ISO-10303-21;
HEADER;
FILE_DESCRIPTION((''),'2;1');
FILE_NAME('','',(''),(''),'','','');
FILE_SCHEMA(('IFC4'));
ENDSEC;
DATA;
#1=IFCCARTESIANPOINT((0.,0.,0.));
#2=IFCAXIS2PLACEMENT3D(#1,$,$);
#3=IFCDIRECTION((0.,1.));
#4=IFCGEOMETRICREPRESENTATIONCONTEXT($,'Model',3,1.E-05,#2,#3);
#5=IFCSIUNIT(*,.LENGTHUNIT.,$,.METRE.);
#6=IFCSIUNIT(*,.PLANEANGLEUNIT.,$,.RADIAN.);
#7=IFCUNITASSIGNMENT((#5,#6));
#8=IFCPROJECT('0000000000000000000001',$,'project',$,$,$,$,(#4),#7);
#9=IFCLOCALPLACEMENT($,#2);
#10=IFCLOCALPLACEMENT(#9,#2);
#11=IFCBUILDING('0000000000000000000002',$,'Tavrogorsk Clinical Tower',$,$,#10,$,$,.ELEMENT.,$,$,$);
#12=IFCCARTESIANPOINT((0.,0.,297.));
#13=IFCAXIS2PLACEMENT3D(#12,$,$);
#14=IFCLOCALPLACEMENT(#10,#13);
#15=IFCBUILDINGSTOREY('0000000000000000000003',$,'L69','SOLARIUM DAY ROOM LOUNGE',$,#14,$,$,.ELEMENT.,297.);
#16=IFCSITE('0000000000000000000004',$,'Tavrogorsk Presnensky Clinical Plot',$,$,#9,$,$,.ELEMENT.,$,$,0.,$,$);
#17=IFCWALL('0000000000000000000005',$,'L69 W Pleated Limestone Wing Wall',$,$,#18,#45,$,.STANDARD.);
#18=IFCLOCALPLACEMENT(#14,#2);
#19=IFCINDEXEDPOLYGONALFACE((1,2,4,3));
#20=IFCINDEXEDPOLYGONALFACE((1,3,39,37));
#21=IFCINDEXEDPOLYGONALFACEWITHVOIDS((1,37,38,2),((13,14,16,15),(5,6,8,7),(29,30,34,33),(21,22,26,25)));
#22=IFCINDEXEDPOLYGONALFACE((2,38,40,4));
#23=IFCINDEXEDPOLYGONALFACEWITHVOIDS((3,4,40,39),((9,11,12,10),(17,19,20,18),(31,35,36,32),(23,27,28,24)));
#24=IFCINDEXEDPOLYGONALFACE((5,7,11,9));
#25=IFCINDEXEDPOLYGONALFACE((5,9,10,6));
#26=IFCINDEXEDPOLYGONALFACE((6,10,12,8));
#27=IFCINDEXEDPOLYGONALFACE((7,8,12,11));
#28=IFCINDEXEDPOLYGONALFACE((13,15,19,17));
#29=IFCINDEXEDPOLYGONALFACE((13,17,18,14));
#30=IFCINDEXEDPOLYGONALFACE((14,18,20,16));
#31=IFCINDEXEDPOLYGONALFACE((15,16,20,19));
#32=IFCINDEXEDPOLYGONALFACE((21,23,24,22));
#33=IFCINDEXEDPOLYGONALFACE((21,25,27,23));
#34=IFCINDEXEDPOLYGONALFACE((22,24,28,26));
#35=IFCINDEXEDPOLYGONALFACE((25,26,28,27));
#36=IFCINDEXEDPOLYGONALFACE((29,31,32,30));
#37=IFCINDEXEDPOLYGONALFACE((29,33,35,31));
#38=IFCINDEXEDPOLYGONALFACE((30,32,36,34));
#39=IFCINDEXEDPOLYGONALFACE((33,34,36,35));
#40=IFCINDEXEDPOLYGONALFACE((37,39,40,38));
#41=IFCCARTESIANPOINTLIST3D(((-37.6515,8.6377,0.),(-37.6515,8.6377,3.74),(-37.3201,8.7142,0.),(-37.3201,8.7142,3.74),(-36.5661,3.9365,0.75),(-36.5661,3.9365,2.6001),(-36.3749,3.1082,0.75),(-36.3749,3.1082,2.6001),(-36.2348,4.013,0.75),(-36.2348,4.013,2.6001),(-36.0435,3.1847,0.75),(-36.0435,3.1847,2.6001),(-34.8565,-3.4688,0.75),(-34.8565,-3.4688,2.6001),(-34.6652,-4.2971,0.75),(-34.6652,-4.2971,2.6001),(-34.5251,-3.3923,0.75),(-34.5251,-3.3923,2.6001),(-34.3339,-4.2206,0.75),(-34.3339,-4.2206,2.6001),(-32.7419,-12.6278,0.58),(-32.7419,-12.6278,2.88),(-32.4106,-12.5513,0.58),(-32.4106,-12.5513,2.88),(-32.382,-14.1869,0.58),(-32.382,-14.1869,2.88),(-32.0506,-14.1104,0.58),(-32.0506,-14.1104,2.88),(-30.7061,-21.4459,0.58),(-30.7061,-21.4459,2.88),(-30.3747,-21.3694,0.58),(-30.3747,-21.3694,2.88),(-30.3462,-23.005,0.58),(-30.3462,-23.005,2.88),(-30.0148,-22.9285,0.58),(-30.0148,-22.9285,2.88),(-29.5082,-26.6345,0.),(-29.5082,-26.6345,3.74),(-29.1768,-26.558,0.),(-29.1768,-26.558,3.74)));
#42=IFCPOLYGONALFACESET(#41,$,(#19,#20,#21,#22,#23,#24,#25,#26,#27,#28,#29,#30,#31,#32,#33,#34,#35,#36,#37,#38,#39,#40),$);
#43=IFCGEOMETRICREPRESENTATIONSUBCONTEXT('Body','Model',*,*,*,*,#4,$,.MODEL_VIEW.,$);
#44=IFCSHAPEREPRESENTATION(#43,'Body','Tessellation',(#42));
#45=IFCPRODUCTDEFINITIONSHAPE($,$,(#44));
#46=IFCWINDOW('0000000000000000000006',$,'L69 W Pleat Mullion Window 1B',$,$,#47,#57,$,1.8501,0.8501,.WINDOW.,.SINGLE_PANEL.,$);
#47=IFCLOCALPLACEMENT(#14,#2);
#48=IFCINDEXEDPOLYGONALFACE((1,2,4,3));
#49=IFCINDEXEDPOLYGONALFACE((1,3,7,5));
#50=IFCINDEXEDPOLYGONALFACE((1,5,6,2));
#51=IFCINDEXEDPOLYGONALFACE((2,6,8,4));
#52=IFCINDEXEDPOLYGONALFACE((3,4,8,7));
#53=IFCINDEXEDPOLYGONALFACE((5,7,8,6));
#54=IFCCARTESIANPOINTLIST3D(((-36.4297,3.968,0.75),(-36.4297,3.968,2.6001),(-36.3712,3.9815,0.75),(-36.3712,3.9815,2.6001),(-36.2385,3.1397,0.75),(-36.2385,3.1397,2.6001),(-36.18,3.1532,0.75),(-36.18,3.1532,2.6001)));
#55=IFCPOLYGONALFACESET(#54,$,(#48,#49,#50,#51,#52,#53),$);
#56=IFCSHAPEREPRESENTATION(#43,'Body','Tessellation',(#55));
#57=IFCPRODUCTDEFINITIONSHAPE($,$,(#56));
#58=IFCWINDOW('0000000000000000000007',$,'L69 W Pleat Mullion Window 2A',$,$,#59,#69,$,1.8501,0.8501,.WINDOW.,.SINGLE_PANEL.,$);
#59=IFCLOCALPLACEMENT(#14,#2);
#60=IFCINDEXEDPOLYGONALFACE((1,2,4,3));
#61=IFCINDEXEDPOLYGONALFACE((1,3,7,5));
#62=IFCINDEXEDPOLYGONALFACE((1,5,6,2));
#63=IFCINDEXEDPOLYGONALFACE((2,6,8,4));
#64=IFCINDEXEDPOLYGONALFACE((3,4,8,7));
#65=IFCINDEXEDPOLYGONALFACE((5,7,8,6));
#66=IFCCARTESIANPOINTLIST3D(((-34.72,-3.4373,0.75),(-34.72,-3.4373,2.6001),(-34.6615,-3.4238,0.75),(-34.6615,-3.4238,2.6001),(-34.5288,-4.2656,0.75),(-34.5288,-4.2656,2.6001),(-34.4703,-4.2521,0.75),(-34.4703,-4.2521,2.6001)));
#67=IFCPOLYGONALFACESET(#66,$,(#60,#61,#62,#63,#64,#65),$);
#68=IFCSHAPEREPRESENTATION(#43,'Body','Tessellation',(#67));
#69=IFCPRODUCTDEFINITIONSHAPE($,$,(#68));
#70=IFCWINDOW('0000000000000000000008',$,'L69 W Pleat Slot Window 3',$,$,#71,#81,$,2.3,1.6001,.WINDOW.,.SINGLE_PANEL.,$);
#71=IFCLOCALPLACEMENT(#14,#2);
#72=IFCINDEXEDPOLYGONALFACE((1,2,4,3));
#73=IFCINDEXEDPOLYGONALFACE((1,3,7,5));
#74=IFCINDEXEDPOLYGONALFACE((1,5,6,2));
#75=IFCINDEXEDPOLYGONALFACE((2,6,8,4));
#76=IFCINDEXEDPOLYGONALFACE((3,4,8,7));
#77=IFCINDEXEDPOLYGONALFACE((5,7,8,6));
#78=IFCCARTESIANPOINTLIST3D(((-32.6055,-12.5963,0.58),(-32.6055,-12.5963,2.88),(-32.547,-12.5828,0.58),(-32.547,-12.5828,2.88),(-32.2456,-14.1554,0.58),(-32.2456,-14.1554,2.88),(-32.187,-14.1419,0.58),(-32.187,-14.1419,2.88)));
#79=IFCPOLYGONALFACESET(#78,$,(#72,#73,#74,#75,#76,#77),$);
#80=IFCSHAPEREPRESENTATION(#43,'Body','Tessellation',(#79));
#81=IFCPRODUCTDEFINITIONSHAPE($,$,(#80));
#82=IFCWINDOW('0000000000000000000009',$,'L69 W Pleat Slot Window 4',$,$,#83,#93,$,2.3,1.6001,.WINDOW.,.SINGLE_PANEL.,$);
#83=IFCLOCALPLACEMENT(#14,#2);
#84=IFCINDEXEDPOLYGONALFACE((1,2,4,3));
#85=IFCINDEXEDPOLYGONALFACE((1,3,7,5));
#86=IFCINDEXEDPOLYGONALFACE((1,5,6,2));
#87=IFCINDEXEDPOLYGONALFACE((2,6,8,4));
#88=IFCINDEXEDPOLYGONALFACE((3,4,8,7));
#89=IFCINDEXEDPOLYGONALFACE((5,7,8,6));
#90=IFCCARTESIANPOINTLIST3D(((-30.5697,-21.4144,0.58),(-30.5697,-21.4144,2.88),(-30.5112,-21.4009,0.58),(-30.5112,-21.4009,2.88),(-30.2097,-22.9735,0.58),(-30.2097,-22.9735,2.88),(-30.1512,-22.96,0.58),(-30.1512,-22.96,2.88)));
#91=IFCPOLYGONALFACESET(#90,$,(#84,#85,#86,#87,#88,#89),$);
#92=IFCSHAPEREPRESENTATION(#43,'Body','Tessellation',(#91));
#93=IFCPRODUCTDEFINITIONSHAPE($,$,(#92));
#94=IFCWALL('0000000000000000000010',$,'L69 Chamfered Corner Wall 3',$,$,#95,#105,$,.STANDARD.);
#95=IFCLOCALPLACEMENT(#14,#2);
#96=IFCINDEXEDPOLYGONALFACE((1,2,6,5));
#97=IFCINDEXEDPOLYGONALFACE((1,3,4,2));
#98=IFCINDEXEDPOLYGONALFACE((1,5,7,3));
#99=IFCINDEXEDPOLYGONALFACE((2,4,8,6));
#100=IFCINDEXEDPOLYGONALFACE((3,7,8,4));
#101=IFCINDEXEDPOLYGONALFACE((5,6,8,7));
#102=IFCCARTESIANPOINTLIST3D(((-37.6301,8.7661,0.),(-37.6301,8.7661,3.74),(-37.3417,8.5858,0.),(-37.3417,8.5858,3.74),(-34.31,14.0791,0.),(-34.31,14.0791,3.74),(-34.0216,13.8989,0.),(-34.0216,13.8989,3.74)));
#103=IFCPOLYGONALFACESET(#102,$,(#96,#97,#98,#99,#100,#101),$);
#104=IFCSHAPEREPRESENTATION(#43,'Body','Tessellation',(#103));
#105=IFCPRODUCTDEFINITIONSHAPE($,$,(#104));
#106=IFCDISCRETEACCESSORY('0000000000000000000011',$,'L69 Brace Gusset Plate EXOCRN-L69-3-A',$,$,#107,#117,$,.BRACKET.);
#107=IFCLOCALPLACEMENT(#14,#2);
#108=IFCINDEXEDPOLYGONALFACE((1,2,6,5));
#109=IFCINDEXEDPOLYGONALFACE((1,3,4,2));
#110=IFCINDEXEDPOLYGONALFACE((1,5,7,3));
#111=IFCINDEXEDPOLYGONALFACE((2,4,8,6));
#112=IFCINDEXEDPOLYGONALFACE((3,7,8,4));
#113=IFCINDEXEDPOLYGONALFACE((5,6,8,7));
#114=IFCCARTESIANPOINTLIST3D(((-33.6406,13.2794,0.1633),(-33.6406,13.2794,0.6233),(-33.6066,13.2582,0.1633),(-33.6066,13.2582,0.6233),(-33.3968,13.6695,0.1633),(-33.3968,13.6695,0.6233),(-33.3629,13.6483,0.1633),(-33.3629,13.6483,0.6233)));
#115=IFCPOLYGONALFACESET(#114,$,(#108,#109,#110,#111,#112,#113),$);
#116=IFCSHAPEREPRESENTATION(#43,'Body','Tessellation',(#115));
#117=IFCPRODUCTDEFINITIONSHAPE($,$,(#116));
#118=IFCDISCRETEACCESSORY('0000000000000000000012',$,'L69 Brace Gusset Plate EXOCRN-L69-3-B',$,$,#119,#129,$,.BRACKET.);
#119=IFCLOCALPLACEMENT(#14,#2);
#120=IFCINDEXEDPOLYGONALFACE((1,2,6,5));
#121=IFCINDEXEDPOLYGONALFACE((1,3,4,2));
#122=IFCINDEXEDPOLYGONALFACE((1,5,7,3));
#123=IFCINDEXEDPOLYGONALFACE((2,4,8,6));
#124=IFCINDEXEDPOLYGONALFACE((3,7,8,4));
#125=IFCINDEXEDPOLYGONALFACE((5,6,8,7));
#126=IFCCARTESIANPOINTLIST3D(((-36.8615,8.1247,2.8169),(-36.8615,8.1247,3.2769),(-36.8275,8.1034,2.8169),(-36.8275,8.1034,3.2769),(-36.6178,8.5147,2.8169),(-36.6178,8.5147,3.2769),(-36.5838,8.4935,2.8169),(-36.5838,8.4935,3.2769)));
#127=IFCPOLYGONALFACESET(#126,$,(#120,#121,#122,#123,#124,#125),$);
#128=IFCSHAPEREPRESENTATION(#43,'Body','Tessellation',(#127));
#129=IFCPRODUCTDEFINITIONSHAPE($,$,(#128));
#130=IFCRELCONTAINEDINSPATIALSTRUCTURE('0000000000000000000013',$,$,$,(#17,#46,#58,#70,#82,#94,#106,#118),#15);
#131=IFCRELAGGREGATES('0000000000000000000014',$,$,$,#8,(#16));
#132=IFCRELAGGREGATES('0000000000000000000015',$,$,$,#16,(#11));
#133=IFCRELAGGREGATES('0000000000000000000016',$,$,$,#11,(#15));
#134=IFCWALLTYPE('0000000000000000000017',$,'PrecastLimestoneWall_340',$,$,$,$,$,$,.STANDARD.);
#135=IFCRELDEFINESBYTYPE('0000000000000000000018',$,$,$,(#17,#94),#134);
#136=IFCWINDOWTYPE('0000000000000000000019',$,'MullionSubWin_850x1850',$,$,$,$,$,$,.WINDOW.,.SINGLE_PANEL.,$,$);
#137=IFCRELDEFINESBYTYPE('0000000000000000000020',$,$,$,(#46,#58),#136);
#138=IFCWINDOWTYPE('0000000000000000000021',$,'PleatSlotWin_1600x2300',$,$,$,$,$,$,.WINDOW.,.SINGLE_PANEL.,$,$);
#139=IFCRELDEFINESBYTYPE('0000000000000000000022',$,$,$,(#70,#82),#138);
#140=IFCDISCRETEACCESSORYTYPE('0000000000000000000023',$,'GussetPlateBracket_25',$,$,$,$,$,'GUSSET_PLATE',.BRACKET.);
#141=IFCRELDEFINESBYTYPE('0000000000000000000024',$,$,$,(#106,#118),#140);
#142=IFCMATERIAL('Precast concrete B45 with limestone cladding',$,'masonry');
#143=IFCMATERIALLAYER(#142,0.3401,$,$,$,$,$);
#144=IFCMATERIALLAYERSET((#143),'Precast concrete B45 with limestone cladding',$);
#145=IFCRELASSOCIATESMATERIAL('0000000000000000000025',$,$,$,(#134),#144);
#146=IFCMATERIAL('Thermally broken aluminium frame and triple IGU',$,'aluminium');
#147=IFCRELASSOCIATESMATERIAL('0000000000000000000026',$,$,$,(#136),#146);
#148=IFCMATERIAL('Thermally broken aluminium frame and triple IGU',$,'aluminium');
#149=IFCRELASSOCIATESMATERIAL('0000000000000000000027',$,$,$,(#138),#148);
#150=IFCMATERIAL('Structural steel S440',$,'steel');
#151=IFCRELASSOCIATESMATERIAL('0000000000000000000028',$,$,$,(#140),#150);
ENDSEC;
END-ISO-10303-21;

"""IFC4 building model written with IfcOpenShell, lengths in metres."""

from ifc_helpers import new_model, si_unit, direction, frame, frame_2d, origin, origin_2d, place, context, subcontext, project, spatial, rectangle, extrude, material, layer, layer_set, type_object, element, fill, save


model = new_model("IFC4")

# Units and contexts
model_context = context("Model", 3, precision=1e-05, world=origin(), true_north=direction((0.0, 1.0)))
body_context = subcontext(model_context, "Body", "Model", "MODEL_VIEW")
ifc_project = project(units=[si_unit("LENGTHUNIT", "METRE"), si_unit("PLANEANGLEUNIT", "RADIAN")], contexts=[model_context])

# Site, building, storey
site_placement = place(None, origin())
site = spatial("IfcSite", under=ifc_project, at=site_placement, Name="Tavrogorsk Presnensky Clinical Plot", CompositionType="ELEMENT", RefElevation=0.0)
building_placement = place(site_placement, origin())
building = spatial("IfcBuilding", under=site, at=building_placement, Name="Tavrogorsk Clinical Tower", CompositionType="ELEMENT")
storey_placement = place(building_placement, frame((0.0, 0.0, 297.0)))
storey = spatial("IfcBuildingStorey", under=building, at=storey_placement, Name="L69", Description="SOLARIUM DAY ROOM LOUNGE", CompositionType="ELEMENT", Elevation=297.0)

# Wall, openings, windows
ifc_material_1 = material(Name="Precast concrete B45 with limestone cladding", Category="masonry")
ifc_layer_1 = layer(ifc_material_1, 0.3401)
ifc_layer_set_1 = layer_set([ifc_layer_1], Name="Precast concrete B45 with limestone cladding")
wall_type_1 = type_object("IfcWallType", Name="PrecastLimestoneWall_340", PredefinedType="STANDARD", material=ifc_layer_set_1)
wall_1_placement = place(storey_placement, frame((-37.4858, 8.676, 0.0), z_axis=(0.0, 0.0, 1.0), x_axis=(0.224953, -0.97437, 0.0)))
wall_1 = element("IfcWall", 1, at=wall_1_placement, inside=storey, type_object=wall_type_1, Name="L69 W Pleated Limestone Wing Wall", PredefinedType="STANDARD", context=body_context, shape_type="SweptSolid", body=[
    extrude(rectangle(XDim=36.2, YDim=0.3401, at=frame_2d((18.1001, 0.0))), origin(), (0.0, 0.0, 1.0), 3.74),
])
opening_1_placement = place(wall_1_placement, frame((4.825, 0.0, 0.75)))
opening_1 = element("IfcOpeningElement", 2, at=opening_1_placement, cuts=wall_1, PredefinedType="OPENING", context=body_context, shape_type="SweptSolid", body=[
    extrude(rectangle(XDim=0.8501, YDim=1.8501, at=frame_2d((0.425, 0.925))), frame((0.0, 0.1799, 0.0), z_axis=(0.0, -1.0, 0.0), x_axis=(1.0, 0.0, 0.0)), (0.0, 0.0, 1.0), 0.3601),
])
opening_2_placement = place(wall_1_placement, frame((12.425, 0.0, 0.75)))
opening_2 = element("IfcOpeningElement", 3, at=opening_2_placement, cuts=wall_1, PredefinedType="OPENING", context=body_context, shape_type="SweptSolid", body=[
    extrude(rectangle(XDim=0.8501, YDim=1.8501, at=frame_2d((0.425, 0.925))), frame((0.0, 0.1799, 0.0), z_axis=(0.0, -1.0, 0.0), x_axis=(1.0, 0.0, 0.0)), (0.0, 0.0, 1.0), 0.3601),
])
opening_3_placement = place(wall_1_placement, frame((21.825, 0.0, 0.5801)))
opening_3 = element("IfcOpeningElement", 4, at=opening_3_placement, cuts=wall_1, PredefinedType="OPENING", context=body_context, shape_type="SweptSolid", body=[
    extrude(rectangle(XDim=1.6001, YDim=2.3, at=frame_2d((0.8, 1.1499))), frame((0.0, 0.1799, 0.0), z_axis=(0.0, -1.0, 0.0), x_axis=(1.0, 0.0, 0.0)), (0.0, 0.0, 1.0), 0.3601),
])
opening_4_placement = place(wall_1_placement, frame((30.875, 0.0, 0.5801)))
opening_4 = element("IfcOpeningElement", 5, at=opening_4_placement, cuts=wall_1, PredefinedType="OPENING", context=body_context, shape_type="SweptSolid", body=[
    extrude(rectangle(XDim=1.6001, YDim=2.3, at=frame_2d((0.8, 1.1499))), frame((0.0, 0.1799, 0.0), z_axis=(0.0, -1.0, 0.0), x_axis=(1.0, 0.0, 0.0)), (0.0, 0.0, 1.0), 0.3601),
])
ifc_material_2 = material(Name="Thermally broken aluminium frame and triple IGU", Category="aluminium")
window_type_1 = type_object("IfcWindowType", Name="MullionSubWin_850x1850", PartitioningType="SINGLE_PANEL", PredefinedType="WINDOW", material=ifc_material_2)
window_1_placement = place(opening_1_placement, origin())
window_1 = element("IfcWindow", 6, at=window_1_placement, inside=storey, type_object=window_type_1, Name="L69 W Pleat Mullion Window 1B", OverallHeight=1.8501, OverallWidth=0.8501, PartitioningType="SINGLE_PANEL", PredefinedType="WINDOW", context=body_context, shape_type="SweptSolid", body=[
    extrude(rectangle(XDim=0.8501, YDim=1.8501, at=frame_2d((0.425, 0.925))), frame((0.0, 0.03, 0.0), z_axis=(0.0, -1.0, 0.0), x_axis=(1.0, 0.0, 0.0)), (0.0, 0.0, 1.0), 0.0601),
])
fill(opening_1, window_1)
window_2_placement = place(opening_2_placement, origin())
window_2 = element("IfcWindow", 7, at=window_2_placement, inside=storey, type_object=window_type_1, Name="L69 W Pleat Mullion Window 2A", OverallHeight=1.8501, OverallWidth=0.8501, PartitioningType="SINGLE_PANEL", PredefinedType="WINDOW", context=body_context, shape_type="SweptSolid", body=[
    extrude(rectangle(XDim=0.8501, YDim=1.8501, at=frame_2d((0.425, 0.925))), frame((0.0, 0.03, 0.0), z_axis=(0.0, -1.0, 0.0), x_axis=(1.0, 0.0, 0.0)), (0.0, 0.0, 1.0), 0.0601),
])
fill(opening_2, window_2)
ifc_material_3 = material(Name="Thermally broken aluminium frame and triple IGU", Category="aluminium")
window_type_2 = type_object("IfcWindowType", Name="PleatSlotWin_1600x2300", PartitioningType="SINGLE_PANEL", PredefinedType="WINDOW", material=ifc_material_3)
window_3_placement = place(opening_3_placement, origin())
window_3 = element("IfcWindow", 8, at=window_3_placement, inside=storey, type_object=window_type_2, Name="L69 W Pleat Slot Window 3", OverallHeight=2.3, OverallWidth=1.6001, PartitioningType="SINGLE_PANEL", PredefinedType="WINDOW", context=body_context, shape_type="SweptSolid", body=[
    extrude(rectangle(XDim=1.6001, YDim=2.3, at=frame_2d((0.8, 1.1499))), frame((0.0, 0.03, 0.0), z_axis=(0.0, -1.0, 0.0), x_axis=(1.0, 0.0, 0.0)), (0.0, 0.0, 1.0), 0.0601),
])
fill(opening_3, window_3)
window_4_placement = place(opening_4_placement, origin())
window_4 = element("IfcWindow", 9, at=window_4_placement, inside=storey, type_object=window_type_2, Name="L69 W Pleat Slot Window 4", OverallHeight=2.3, OverallWidth=1.6001, PartitioningType="SINGLE_PANEL", PredefinedType="WINDOW", context=body_context, shape_type="SweptSolid", body=[
    extrude(rectangle(XDim=1.6001, YDim=2.3, at=frame_2d((0.8, 1.1499))), frame((0.0, 0.03, 0.0), z_axis=(0.0, -1.0, 0.0), x_axis=(1.0, 0.0, 0.0)), (0.0, 0.0, 1.0), 0.0601),
])
fill(opening_4, window_4)

# Wall
wall_2_placement = place(storey_placement, frame((-34.1658, 13.989, 0.0), z_axis=(0.0, 0.0, 1.0), x_axis=(-0.529936, -0.848038, 0.0)))
element("IfcWall", 10, at=wall_2_placement, inside=storey, type_object=wall_type_1, Name="L69 Chamfered Corner Wall 3", PredefinedType="STANDARD", context=body_context, shape_type="SweptSolid", body=[
    extrude(rectangle(XDim=6.2651, YDim=0.3401, at=frame_2d((3.1326, 0.0))), origin(), (0.0, 0.0, 1.0), 3.74),
])

# Discrete accessories
ifc_material_4 = material(Name="Structural steel S440", Category="steel")
discrete_accessory_type = type_object("IfcDiscreteAccessoryType", Name="GussetPlateBracket_25", ElementType="GUSSET_PLATE", PredefinedType="BRACKET", material=ifc_material_4)
for number, where, z_axis, x_axis, name in (
    (11, (-33.5017, 13.4639, 0.1633), (0.0, 0.0, 1.0), (-0.529919, -0.848048, 0.0), "L69 Brace Gusset Plate EXOCRN-L69-3-A"),
    (12, (-36.7227, 8.3091, 2.8169), (0.0, 0.0, 1.0), (-0.529919, -0.848048, 0.0), "L69 Brace Gusset Plate EXOCRN-L69-3-B"),
):
    element("IfcDiscreteAccessory", number, at=place(storey_placement, frame(where, z_axis=z_axis, x_axis=x_axis)), inside=storey, type_object=discrete_accessory_type, Name=name, PredefinedType="BRACKET", context=body_context, shape_type="SweptSolid", body=[
        extrude(rectangle(XDim=0.46, YDim=0.04, at=origin_2d()), origin(), (0.0, 0.0, 1.0), 0.46),
    ])

save(model, "model.ifc")
